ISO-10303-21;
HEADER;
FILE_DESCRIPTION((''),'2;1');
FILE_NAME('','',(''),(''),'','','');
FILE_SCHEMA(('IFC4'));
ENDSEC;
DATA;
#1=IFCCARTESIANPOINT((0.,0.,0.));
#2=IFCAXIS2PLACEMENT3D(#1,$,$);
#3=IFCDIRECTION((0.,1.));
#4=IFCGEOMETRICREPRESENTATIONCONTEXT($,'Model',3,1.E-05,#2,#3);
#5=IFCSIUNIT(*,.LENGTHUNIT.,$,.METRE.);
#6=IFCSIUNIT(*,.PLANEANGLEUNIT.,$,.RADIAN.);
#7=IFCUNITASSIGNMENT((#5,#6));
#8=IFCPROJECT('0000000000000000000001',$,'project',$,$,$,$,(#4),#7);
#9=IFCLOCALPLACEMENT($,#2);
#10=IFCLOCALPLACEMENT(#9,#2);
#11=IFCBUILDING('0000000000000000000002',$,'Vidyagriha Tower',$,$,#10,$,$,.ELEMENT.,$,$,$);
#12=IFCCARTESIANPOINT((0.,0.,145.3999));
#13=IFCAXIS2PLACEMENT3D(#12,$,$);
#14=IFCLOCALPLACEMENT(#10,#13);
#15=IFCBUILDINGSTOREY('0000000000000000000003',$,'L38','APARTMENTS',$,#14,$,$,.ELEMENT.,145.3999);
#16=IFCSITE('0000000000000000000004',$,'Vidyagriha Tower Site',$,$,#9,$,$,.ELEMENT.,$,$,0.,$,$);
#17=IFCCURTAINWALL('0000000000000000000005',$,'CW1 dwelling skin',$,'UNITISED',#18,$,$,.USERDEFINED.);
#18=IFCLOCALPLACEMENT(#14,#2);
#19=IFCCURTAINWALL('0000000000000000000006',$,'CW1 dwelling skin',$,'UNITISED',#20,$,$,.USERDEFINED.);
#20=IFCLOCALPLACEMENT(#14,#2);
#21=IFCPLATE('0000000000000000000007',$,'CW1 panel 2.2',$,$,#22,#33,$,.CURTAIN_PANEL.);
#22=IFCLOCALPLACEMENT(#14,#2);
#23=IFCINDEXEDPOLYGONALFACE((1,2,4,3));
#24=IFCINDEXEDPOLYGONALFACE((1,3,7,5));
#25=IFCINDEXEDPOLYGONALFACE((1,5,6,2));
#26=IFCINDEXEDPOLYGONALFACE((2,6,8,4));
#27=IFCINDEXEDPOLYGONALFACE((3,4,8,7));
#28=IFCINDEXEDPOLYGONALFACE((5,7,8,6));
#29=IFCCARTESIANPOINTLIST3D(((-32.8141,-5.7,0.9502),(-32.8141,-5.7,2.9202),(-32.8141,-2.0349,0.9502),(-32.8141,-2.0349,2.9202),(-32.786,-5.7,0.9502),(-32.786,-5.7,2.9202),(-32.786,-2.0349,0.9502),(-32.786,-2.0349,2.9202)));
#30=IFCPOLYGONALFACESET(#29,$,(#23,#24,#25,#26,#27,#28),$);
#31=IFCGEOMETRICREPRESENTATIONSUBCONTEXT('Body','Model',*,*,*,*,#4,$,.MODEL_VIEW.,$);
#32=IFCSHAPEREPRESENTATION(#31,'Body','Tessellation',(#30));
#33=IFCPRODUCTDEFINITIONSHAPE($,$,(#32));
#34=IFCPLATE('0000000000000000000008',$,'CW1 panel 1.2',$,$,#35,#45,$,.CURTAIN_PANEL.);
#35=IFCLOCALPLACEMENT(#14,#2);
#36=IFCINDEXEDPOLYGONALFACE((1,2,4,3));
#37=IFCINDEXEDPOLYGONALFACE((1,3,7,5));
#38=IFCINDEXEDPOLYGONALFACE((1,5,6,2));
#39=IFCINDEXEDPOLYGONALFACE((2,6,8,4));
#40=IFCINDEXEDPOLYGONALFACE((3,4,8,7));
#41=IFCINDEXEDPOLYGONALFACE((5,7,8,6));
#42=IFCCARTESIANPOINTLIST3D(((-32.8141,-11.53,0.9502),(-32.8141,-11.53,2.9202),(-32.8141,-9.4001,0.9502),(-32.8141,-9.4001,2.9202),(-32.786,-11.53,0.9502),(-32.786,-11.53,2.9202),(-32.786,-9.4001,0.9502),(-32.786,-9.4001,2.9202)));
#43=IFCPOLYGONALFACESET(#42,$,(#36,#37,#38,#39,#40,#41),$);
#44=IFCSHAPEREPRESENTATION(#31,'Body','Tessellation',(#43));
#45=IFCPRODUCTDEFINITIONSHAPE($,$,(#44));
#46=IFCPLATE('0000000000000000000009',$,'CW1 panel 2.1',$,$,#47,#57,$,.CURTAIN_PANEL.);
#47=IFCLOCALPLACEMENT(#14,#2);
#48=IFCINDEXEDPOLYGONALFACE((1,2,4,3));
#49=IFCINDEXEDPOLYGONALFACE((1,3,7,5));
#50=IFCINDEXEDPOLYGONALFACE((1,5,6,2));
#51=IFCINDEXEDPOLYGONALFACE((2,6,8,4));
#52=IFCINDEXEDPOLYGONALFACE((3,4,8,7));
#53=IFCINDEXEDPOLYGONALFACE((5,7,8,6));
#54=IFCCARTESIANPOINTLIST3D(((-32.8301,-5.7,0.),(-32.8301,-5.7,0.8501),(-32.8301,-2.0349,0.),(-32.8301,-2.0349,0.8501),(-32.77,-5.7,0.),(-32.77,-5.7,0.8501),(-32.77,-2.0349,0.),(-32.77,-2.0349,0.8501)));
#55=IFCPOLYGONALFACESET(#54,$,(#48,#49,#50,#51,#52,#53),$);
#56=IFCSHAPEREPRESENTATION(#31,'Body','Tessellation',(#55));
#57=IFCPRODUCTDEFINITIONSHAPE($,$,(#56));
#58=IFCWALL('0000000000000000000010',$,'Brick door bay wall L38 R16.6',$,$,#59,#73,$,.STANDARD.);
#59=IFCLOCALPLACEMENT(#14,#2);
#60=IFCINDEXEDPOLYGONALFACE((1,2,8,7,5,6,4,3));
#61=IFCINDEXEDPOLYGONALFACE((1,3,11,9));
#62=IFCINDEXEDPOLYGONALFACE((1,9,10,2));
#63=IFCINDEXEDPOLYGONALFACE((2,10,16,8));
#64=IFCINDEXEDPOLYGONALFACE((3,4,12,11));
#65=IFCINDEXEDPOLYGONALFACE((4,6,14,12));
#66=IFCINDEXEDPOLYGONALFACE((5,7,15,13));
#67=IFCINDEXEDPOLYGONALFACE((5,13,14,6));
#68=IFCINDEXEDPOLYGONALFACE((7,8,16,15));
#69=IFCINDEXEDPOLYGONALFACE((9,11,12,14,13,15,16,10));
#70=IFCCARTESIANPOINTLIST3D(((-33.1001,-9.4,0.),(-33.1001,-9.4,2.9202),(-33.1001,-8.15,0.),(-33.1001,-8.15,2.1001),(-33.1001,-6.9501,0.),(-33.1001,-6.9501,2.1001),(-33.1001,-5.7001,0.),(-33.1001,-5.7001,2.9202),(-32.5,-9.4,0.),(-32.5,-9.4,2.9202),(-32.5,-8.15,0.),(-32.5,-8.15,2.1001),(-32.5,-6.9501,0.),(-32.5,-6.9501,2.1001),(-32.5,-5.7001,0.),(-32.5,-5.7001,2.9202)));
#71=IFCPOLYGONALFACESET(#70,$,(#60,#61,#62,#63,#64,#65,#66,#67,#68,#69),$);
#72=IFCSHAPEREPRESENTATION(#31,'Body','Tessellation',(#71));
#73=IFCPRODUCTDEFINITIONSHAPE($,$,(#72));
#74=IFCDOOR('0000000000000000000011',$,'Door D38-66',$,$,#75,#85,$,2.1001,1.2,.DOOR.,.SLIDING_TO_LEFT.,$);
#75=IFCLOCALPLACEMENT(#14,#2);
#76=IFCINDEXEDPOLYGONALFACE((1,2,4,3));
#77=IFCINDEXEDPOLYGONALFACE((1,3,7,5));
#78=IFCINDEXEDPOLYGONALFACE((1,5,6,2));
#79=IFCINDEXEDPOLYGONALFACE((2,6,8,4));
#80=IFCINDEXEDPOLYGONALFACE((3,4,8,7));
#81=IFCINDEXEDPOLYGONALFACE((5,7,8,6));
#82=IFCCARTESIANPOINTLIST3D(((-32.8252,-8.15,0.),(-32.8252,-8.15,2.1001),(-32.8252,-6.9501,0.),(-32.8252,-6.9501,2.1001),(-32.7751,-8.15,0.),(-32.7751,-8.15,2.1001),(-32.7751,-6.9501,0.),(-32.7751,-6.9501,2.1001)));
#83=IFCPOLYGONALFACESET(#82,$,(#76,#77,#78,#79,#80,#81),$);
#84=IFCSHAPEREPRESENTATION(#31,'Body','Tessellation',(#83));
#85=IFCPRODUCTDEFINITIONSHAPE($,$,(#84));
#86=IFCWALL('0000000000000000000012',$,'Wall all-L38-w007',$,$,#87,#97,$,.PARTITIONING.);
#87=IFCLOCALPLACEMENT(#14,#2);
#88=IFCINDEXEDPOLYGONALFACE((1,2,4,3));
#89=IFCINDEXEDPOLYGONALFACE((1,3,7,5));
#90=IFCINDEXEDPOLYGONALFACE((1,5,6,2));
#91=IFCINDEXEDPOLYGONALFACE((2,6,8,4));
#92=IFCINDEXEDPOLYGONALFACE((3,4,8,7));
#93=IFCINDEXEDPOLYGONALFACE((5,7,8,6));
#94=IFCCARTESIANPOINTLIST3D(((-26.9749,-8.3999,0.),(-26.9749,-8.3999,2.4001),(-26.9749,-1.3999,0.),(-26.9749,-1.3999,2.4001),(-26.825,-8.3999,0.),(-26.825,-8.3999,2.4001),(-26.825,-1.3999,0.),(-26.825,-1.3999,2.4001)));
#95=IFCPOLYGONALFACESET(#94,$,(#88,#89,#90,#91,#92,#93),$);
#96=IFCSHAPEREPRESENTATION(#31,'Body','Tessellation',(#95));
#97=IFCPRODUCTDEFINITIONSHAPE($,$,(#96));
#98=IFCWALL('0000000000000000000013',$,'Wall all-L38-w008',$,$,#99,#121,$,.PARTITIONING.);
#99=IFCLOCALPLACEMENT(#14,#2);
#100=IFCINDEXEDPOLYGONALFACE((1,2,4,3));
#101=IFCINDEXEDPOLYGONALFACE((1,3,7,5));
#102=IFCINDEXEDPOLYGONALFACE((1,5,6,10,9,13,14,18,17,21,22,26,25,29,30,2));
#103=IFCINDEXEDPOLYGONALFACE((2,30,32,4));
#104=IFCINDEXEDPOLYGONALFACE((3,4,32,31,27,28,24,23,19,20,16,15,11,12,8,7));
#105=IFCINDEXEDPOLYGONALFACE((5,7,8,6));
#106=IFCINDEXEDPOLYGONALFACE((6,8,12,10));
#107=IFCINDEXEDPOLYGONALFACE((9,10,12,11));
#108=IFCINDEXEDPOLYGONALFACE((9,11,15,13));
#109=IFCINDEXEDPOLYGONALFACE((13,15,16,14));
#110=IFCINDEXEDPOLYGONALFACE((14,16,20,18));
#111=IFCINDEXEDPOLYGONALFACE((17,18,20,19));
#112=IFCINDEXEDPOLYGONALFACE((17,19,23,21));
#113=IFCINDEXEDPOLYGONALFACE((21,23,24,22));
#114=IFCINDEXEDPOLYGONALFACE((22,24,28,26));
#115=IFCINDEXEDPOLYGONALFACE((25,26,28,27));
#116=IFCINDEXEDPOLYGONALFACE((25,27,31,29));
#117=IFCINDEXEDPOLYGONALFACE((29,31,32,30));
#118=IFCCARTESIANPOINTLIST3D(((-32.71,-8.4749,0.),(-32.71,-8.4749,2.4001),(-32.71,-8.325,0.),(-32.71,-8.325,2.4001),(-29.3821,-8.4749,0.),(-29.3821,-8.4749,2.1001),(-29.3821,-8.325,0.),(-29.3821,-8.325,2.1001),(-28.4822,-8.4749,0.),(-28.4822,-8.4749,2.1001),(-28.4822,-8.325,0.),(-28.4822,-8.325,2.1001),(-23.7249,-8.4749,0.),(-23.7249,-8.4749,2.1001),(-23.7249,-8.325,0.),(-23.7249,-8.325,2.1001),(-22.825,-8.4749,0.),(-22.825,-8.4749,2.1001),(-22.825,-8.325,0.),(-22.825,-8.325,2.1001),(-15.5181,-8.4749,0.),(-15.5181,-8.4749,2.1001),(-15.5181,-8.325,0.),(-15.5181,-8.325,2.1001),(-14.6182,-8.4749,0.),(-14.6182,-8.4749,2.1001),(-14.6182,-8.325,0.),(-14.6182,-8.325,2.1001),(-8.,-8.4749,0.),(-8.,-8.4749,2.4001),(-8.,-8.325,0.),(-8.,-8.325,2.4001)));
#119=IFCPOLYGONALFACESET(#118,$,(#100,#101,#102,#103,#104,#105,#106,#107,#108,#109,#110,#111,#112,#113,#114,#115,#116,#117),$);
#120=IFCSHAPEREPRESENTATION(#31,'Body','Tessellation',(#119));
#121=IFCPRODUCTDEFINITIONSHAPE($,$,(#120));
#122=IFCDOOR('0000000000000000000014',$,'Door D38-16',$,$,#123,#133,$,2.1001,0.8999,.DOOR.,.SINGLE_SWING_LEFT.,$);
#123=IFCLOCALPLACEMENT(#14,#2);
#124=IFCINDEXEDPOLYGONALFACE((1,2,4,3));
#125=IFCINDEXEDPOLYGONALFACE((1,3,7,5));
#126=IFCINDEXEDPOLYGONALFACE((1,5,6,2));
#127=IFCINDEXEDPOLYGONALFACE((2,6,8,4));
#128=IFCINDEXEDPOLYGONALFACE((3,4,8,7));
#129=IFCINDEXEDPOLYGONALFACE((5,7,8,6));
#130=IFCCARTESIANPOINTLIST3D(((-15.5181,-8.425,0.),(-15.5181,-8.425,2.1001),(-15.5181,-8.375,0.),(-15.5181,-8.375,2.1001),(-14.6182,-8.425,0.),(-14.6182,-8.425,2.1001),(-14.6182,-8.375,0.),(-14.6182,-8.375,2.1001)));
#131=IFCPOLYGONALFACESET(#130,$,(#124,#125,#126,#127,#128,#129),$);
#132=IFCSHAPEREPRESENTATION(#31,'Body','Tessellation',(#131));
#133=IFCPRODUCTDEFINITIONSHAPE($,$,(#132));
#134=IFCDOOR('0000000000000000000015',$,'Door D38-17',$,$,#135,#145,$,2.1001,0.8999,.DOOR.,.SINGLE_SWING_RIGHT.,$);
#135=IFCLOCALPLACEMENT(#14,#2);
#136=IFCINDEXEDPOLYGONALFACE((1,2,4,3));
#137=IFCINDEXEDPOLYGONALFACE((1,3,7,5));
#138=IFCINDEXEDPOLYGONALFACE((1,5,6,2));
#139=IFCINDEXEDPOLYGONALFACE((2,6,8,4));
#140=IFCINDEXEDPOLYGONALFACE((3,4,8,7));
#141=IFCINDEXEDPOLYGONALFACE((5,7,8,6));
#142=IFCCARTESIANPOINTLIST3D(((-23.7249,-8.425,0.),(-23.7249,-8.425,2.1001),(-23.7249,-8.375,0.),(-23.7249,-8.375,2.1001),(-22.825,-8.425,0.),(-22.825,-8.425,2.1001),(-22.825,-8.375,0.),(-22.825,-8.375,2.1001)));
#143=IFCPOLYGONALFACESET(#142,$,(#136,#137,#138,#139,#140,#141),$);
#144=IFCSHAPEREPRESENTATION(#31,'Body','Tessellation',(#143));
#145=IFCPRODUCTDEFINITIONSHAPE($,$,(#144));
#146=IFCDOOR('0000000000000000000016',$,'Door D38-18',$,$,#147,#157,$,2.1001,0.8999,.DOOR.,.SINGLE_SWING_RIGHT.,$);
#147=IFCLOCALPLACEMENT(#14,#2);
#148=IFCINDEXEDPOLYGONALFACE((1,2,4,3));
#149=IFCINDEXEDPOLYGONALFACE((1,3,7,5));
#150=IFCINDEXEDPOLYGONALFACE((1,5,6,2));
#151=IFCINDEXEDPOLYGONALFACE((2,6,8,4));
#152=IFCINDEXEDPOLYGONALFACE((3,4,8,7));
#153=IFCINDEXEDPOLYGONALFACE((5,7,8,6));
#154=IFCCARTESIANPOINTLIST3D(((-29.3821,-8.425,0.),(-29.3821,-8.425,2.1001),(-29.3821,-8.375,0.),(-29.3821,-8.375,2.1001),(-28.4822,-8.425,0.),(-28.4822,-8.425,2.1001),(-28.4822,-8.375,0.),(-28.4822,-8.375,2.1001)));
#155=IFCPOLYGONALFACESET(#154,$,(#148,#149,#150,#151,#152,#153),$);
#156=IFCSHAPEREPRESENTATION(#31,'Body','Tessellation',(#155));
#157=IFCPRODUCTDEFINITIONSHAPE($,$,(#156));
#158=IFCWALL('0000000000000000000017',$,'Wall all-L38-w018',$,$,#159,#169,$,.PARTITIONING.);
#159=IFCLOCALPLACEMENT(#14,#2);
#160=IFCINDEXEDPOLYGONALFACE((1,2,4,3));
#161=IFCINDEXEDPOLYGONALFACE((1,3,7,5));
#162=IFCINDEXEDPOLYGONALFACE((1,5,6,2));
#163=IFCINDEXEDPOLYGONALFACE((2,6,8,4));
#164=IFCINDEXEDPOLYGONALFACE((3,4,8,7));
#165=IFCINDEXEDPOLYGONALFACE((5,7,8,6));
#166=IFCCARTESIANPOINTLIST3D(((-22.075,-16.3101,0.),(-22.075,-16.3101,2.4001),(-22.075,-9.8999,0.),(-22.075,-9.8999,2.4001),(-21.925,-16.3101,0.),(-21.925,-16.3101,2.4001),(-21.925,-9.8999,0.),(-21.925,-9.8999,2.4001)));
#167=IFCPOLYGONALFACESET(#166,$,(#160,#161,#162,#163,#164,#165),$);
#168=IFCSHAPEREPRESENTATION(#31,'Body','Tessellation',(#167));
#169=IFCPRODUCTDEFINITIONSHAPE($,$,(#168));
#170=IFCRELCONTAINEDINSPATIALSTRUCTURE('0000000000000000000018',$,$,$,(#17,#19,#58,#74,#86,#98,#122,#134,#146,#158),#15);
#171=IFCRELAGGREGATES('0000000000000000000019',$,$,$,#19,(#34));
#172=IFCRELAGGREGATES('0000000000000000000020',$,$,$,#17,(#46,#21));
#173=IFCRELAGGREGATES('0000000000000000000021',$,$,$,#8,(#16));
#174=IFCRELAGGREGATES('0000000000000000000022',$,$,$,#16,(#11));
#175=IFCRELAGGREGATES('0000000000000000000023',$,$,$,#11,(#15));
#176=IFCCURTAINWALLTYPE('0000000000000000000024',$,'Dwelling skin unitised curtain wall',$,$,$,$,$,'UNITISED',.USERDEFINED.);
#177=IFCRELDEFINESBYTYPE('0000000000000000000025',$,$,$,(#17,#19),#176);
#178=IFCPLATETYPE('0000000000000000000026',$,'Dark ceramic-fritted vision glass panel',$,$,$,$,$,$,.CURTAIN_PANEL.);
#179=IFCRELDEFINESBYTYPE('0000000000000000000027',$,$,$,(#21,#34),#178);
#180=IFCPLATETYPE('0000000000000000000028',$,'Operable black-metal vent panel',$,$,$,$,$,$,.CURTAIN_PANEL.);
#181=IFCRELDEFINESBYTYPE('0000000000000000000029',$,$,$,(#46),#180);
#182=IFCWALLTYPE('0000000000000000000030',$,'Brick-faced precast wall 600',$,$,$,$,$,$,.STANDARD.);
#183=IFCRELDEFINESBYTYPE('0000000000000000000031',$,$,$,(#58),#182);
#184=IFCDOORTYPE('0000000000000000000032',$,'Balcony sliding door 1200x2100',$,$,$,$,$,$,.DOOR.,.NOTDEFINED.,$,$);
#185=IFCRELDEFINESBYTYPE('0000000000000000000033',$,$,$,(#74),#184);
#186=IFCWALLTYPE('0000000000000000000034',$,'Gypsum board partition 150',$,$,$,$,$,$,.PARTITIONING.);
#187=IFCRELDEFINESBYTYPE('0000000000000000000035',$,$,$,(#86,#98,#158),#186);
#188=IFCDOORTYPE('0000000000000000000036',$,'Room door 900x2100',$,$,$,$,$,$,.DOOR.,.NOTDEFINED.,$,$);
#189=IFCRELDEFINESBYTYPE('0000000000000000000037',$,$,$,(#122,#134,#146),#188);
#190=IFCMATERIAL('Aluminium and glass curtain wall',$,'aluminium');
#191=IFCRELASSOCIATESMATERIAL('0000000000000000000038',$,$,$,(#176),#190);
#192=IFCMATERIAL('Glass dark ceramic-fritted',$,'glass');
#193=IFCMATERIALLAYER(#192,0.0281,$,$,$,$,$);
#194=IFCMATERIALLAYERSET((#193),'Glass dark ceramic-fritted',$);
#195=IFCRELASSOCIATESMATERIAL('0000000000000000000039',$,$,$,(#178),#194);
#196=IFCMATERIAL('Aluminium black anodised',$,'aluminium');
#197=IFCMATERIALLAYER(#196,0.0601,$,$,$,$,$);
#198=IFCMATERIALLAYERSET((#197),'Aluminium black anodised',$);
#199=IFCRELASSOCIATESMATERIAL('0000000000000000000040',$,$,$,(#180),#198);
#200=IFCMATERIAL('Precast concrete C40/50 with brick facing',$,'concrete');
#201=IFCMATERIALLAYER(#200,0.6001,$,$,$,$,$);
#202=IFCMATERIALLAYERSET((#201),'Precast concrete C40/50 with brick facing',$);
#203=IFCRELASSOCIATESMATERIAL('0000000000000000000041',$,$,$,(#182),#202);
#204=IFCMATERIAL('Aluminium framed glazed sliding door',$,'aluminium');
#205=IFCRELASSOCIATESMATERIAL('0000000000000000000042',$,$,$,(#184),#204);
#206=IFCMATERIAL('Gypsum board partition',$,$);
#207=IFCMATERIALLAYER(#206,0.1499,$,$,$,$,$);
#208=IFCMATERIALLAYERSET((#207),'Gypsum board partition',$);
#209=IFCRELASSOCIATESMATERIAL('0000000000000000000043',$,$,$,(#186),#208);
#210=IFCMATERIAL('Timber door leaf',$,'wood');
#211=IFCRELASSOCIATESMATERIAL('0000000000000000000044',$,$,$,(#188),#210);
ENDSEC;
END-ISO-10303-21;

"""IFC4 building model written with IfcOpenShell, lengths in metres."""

from ifc_helpers import new_model, si_unit, direction, frame, frame_2d, origin, origin_2d, place, context, subcontext, project, spatial, rectangle, extrude, material, layer, layer_set, type_object, element, fill, aggregate, save


model = new_model("IFC4")

# Units and contexts
model_context = context("Model", 3, precision=1e-05, world=origin(), true_north=direction((0.0, 1.0)))
body_context = subcontext(model_context, "Body", "Model", "MODEL_VIEW")
ifc_project = project(units=[si_unit("LENGTHUNIT", "METRE"), si_unit("PLANEANGLEUNIT", "RADIAN")], contexts=[model_context])

# Site, building, storey
site_placement = place(None, origin())
site = spatial("IfcSite", under=ifc_project, at=site_placement, Name="Vidyagriha Tower Site", CompositionType="ELEMENT", RefElevation=0.0)
building_placement = place(site_placement, origin())
building = spatial("IfcBuilding", under=site, at=building_placement, Name="Vidyagriha Tower", CompositionType="ELEMENT")
storey_placement = place(building_placement, frame((0.0, 0.0, 145.3999)))
storey = spatial("IfcBuildingStorey", under=building, at=storey_placement, Name="L38", Description="APARTMENTS", CompositionType="ELEMENT", Elevation=145.3999)

# Curtain wall
ifc_material_1 = material(Name="Aluminium and glass curtain wall", Category="aluminium")
curtain_wall_type = type_object("IfcCurtainWallType", Name="Dwelling skin unitised curtain wall", ElementType="UNITISED", PredefinedType="USERDEFINED", material=ifc_material_1)
curtain_wall_1_placement = place(storey_placement, origin())
curtain_wall_1 = element("IfcCurtainWall", 1, at=curtain_wall_1_placement, inside=storey, type_object=curtain_wall_type, Name="CW1 dwelling skin", ObjectType="UNITISED", PredefinedType="USERDEFINED")

# Curtain wall
curtain_wall_2_placement = place(storey_placement, origin())
curtain_wall_2 = element("IfcCurtainWall", 2, at=curtain_wall_2_placement, inside=storey, type_object=curtain_wall_type, Name="CW1 dwelling skin", ObjectType="UNITISED", PredefinedType="USERDEFINED")

# Plates
ifc_material_2 = material(Name="Glass dark ceramic-fritted", Category="glass")
ifc_layer_1 = layer(ifc_material_2, 0.0281)
ifc_layer_set_1 = layer_set([ifc_layer_1], Name="Glass dark ceramic-fritted")
plate_type_1 = type_object("IfcPlateType", Name="Dark ceramic-fritted vision glass panel", PredefinedType="CURTAIN_PANEL", material=ifc_layer_set_1)
plate_1_placement = place(storey_placement, frame((-32.8, -3.8674, 0.9502), z_axis=(0.0, 0.0, 1.0), x_axis=(0.0, -1.0, 0.0)))
plate_1 = element("IfcPlate", 3, at=plate_1_placement, type_object=plate_type_1, Name="CW1 panel 2.2", PredefinedType="CURTAIN_PANEL", context=body_context, shape_type="SweptSolid", body=[
    extrude(rectangle(XDim=3.665, YDim=0.0281, at=origin_2d()), origin(), (0.0, 0.0, 1.0), 1.97),
])
plate_2_placement = place(storey_placement, frame((-32.8, -10.4651, 0.9502), z_axis=(0.0, 0.0, 1.0), x_axis=(0.0, -1.0, 0.0)))
plate_2 = element("IfcPlate", 4, at=plate_2_placement, type_object=plate_type_1, Name="CW1 panel 1.2", PredefinedType="CURTAIN_PANEL", context=body_context, shape_type="SweptSolid", body=[
    extrude(rectangle(XDim=2.1299, YDim=0.0281, at=origin_2d()), origin(), (0.0, 0.0, 1.0), 1.97),
])
aggregate(curtain_wall_2, [plate_2])
ifc_material_3 = material(Name="Aluminium black anodised", Category="aluminium")
ifc_layer_2 = layer(ifc_material_3, 0.0601)
ifc_layer_set_2 = layer_set([ifc_layer_2], Name="Aluminium black anodised")
plate_type_2 = type_object("IfcPlateType", Name="Operable black-metal vent panel", PredefinedType="CURTAIN_PANEL", material=ifc_layer_set_2)
plate_3_placement = place(storey_placement, frame((-32.8, -3.8674, 0.0), z_axis=(0.0, 0.0, 1.0), x_axis=(0.0, -1.0, 0.0)))
plate_3 = element("IfcPlate", 5, at=plate_3_placement, type_object=plate_type_2, Name="CW1 panel 2.1", PredefinedType="CURTAIN_PANEL", context=body_context, shape_type="SweptSolid", body=[
    extrude(rectangle(XDim=3.665, YDim=0.0601, at=origin_2d()), origin(), (0.0, 0.0, 1.0), 0.8501),
])
aggregate(curtain_wall_1, [plate_3, plate_1])

# Wall, opening, door
ifc_material_4 = material(Name="Precast concrete C40/50 with brick facing", Category="concrete")
ifc_layer_3 = layer(ifc_material_4, 0.6001)
ifc_layer_set_3 = layer_set([ifc_layer_3], Name="Precast concrete C40/50 with brick facing")
wall_type_1 = type_object("IfcWallType", Name="Brick-faced precast wall 600", PredefinedType="STANDARD", material=ifc_layer_set_3)
wall_1_placement = place(storey_placement, frame((-32.8, -5.7, 0.0), z_axis=(0.0, 0.0, 1.0), x_axis=(0.0, -1.0, 0.0)))
wall_1 = element("IfcWall", 6, at=wall_1_placement, inside=storey, type_object=wall_type_1, Name="Brick door bay wall L38 R16.6", PredefinedType="STANDARD", context=body_context, shape_type="SweptSolid", body=[
    extrude(rectangle(XDim=3.7, YDim=0.6001, at=frame_2d((1.8501, 0.0))), origin(), (0.0, 0.0, 1.0), 2.9202),
])
opening_1_placement = place(wall_1_placement, frame((1.25, 0.0, 0.0)))
opening_1 = element("IfcOpeningElement", 7, at=opening_1_placement, cuts=wall_1, PredefinedType="OPENING", context=body_context, shape_type="SweptSolid", body=[
    extrude(rectangle(XDim=1.2, YDim=2.1001, at=frame_2d((0.6001, 1.05))), frame((0.0, 0.3101, 0.0), z_axis=(0.0, -1.0, 0.0), x_axis=(1.0, 0.0, 0.0)), (0.0, 0.0, 1.0), 0.6201),
])
ifc_material_5 = material(Name="Aluminium framed glazed sliding door", Category="aluminium")
door_type_1 = type_object("IfcDoorType", Name="Balcony sliding door 1200x2100", OperationType="NOTDEFINED", PredefinedType="DOOR", material=ifc_material_5)
door_1_placement = place(opening_1_placement, origin())
door_1 = element("IfcDoor", 8, at=door_1_placement, inside=storey, type_object=door_type_1, Name="Door D38-66", OperationType="SLIDING_TO_LEFT", OverallHeight=2.1001, OverallWidth=1.2, PredefinedType="DOOR", context=body_context, shape_type="SweptSolid", body=[
    extrude(rectangle(XDim=1.2, YDim=2.1001, at=frame_2d((0.6001, 1.05))), frame((0.0, 0.0249, 0.0), z_axis=(0.0, -1.0, 0.0), x_axis=(1.0, 0.0, 0.0)), (0.0, 0.0, 1.0), 0.05),
])
fill(opening_1, door_1)

# Wall
ifc_material_6 = material(Name="Gypsum board partition")
ifc_layer_4 = layer(ifc_material_6, 0.1499)
ifc_layer_set_4 = layer_set([ifc_layer_4], Name="Gypsum board partition")
wall_type_2 = type_object("IfcWallType", Name="Gypsum board partition 150", PredefinedType="PARTITIONING", material=ifc_layer_set_4)
wall_2_placement = place(storey_placement, frame((-26.8999, -8.3999, 0.0), z_axis=(0.0, 0.0, 1.0), x_axis=(0.0, 1.0, 0.0)))
element("IfcWall", 9, at=wall_2_placement, inside=storey, type_object=wall_type_2, Name="Wall all-L38-w007", PredefinedType="PARTITIONING", context=body_context, shape_type="SweptSolid", body=[
    extrude(rectangle(XDim=7.0, YDim=0.1499, at=frame_2d((3.5, 0.0))), origin(), (0.0, 0.0, 1.0), 2.4001),
])

# Wall, openings, doors
wall_3_placement = place(storey_placement, frame((-32.71, -8.3999, 0.0)))
wall_3 = element("IfcWall", 10, at=wall_3_placement, inside=storey, type_object=wall_type_2, Name="Wall all-L38-w008", PredefinedType="PARTITIONING", context=body_context, shape_type="SweptSolid", body=[
    extrude(rectangle(XDim=24.71, YDim=0.1499, at=frame_2d((12.355, 0.0))), origin(), (0.0, 0.0, 1.0), 2.4001),
])
opening_2_placement = place(wall_3_placement, frame((17.1919, 0.0, 0.0)))
opening_2 = element("IfcOpeningElement", 11, at=opening_2_placement, cuts=wall_3, PredefinedType="OPENING", context=body_context, shape_type="SweptSolid", body=[
    extrude(rectangle(XDim=0.8999, YDim=2.1001, at=frame_2d((0.45, 1.05))), frame((0.0, 0.085, 0.0), z_axis=(0.0, -1.0, 0.0), x_axis=(1.0, 0.0, 0.0)), (0.0, 0.0, 1.0), 0.1699),
])
opening_3_placement = place(wall_3_placement, frame((8.9851, 0.0, 0.0)))
opening_3 = element("IfcOpeningElement", 12, at=opening_3_placement, cuts=wall_3, PredefinedType="OPENING", context=body_context, shape_type="SweptSolid", body=[
    extrude(rectangle(XDim=0.8999, YDim=2.1001, at=frame_2d((0.45, 1.05))), frame((0.0, 0.085, 0.0), z_axis=(0.0, -1.0, 0.0), x_axis=(1.0, 0.0, 0.0)), (0.0, 0.0, 1.0), 0.1699),
])
opening_4_placement = place(wall_3_placement, frame((3.3279, 0.0, 0.0)))
opening_4 = element("IfcOpeningElement", 13, at=opening_4_placement, cuts=wall_3, PredefinedType="OPENING", context=body_context, shape_type="SweptSolid", body=[
    extrude(rectangle(XDim=0.8999, YDim=2.1001, at=frame_2d((0.45, 1.05))), frame((0.0, 0.085, 0.0), z_axis=(0.0, -1.0, 0.0), x_axis=(1.0, 0.0, 0.0)), (0.0, 0.0, 1.0), 0.1699),
])
ifc_material_7 = material(Name="Timber door leaf", Category="wood")
door_type_2 = type_object("IfcDoorType", Name="Room door 900x2100", OperationType="NOTDEFINED", PredefinedType="DOOR", material=ifc_material_7)
door_2_placement = place(opening_2_placement, origin())
door_2 = element("IfcDoor", 14, at=door_2_placement, inside=storey, type_object=door_type_2, Name="Door D38-16", OperationType="SINGLE_SWING_LEFT", OverallHeight=2.1001, OverallWidth=0.8999, PredefinedType="DOOR", context=body_context, shape_type="SweptSolid", body=[
    extrude(rectangle(XDim=0.8999, YDim=2.1001, at=frame_2d((0.45, 1.05))), frame((0.0, 0.0249, 0.0), z_axis=(0.0, -1.0, 0.0), x_axis=(1.0, 0.0, 0.0)), (0.0, 0.0, 1.0), 0.05),
])
fill(opening_2, door_2)
door_3_placement = place(opening_3_placement, origin())
door_3 = element("IfcDoor", 15, at=door_3_placement, inside=storey, type_object=door_type_2, Name="Door D38-17", OperationType="SINGLE_SWING_RIGHT", OverallHeight=2.1001, OverallWidth=0.8999, PredefinedType="DOOR", context=body_context, shape_type="SweptSolid", body=[
    extrude(rectangle(XDim=0.8999, YDim=2.1001, at=frame_2d((0.45, 1.05))), frame((0.0, 0.0249, 0.0), z_axis=(0.0, -1.0, 0.0), x_axis=(1.0, 0.0, 0.0)), (0.0, 0.0, 1.0), 0.05),
])
fill(opening_3, door_3)
door_4_placement = place(opening_4_placement, origin())
door_4 = element("IfcDoor", 16, at=door_4_placement, inside=storey, type_object=door_type_2, Name="Door D38-18", OperationType="SINGLE_SWING_RIGHT", OverallHeight=2.1001, OverallWidth=0.8999, PredefinedType="DOOR", context=body_context, shape_type="SweptSolid", body=[
    extrude(rectangle(XDim=0.8999, YDim=2.1001, at=frame_2d((0.45, 1.05))), frame((0.0, 0.0249, 0.0), z_axis=(0.0, -1.0, 0.0), x_axis=(1.0, 0.0, 0.0)), (0.0, 0.0, 1.0), 0.05),
])
fill(opening_4, door_4)

# Wall
wall_4_placement = place(storey_placement, frame((-22.0, -9.8999, 0.0), z_axis=(0.0, 0.0, 1.0), x_axis=(0.0, -1.0, 0.0)))
element("IfcWall", 17, at=wall_4_placement, inside=storey, type_object=wall_type_2, Name="Wall all-L38-w018", PredefinedType="PARTITIONING", context=body_context, shape_type="SweptSolid", body=[
    extrude(rectangle(XDim=6.4102, YDim=0.1499, at=frame_2d((3.2051, 0.0))), origin(), (0.0, 0.0, 1.0), 2.4001),
])

save(model, "model.ifc")
